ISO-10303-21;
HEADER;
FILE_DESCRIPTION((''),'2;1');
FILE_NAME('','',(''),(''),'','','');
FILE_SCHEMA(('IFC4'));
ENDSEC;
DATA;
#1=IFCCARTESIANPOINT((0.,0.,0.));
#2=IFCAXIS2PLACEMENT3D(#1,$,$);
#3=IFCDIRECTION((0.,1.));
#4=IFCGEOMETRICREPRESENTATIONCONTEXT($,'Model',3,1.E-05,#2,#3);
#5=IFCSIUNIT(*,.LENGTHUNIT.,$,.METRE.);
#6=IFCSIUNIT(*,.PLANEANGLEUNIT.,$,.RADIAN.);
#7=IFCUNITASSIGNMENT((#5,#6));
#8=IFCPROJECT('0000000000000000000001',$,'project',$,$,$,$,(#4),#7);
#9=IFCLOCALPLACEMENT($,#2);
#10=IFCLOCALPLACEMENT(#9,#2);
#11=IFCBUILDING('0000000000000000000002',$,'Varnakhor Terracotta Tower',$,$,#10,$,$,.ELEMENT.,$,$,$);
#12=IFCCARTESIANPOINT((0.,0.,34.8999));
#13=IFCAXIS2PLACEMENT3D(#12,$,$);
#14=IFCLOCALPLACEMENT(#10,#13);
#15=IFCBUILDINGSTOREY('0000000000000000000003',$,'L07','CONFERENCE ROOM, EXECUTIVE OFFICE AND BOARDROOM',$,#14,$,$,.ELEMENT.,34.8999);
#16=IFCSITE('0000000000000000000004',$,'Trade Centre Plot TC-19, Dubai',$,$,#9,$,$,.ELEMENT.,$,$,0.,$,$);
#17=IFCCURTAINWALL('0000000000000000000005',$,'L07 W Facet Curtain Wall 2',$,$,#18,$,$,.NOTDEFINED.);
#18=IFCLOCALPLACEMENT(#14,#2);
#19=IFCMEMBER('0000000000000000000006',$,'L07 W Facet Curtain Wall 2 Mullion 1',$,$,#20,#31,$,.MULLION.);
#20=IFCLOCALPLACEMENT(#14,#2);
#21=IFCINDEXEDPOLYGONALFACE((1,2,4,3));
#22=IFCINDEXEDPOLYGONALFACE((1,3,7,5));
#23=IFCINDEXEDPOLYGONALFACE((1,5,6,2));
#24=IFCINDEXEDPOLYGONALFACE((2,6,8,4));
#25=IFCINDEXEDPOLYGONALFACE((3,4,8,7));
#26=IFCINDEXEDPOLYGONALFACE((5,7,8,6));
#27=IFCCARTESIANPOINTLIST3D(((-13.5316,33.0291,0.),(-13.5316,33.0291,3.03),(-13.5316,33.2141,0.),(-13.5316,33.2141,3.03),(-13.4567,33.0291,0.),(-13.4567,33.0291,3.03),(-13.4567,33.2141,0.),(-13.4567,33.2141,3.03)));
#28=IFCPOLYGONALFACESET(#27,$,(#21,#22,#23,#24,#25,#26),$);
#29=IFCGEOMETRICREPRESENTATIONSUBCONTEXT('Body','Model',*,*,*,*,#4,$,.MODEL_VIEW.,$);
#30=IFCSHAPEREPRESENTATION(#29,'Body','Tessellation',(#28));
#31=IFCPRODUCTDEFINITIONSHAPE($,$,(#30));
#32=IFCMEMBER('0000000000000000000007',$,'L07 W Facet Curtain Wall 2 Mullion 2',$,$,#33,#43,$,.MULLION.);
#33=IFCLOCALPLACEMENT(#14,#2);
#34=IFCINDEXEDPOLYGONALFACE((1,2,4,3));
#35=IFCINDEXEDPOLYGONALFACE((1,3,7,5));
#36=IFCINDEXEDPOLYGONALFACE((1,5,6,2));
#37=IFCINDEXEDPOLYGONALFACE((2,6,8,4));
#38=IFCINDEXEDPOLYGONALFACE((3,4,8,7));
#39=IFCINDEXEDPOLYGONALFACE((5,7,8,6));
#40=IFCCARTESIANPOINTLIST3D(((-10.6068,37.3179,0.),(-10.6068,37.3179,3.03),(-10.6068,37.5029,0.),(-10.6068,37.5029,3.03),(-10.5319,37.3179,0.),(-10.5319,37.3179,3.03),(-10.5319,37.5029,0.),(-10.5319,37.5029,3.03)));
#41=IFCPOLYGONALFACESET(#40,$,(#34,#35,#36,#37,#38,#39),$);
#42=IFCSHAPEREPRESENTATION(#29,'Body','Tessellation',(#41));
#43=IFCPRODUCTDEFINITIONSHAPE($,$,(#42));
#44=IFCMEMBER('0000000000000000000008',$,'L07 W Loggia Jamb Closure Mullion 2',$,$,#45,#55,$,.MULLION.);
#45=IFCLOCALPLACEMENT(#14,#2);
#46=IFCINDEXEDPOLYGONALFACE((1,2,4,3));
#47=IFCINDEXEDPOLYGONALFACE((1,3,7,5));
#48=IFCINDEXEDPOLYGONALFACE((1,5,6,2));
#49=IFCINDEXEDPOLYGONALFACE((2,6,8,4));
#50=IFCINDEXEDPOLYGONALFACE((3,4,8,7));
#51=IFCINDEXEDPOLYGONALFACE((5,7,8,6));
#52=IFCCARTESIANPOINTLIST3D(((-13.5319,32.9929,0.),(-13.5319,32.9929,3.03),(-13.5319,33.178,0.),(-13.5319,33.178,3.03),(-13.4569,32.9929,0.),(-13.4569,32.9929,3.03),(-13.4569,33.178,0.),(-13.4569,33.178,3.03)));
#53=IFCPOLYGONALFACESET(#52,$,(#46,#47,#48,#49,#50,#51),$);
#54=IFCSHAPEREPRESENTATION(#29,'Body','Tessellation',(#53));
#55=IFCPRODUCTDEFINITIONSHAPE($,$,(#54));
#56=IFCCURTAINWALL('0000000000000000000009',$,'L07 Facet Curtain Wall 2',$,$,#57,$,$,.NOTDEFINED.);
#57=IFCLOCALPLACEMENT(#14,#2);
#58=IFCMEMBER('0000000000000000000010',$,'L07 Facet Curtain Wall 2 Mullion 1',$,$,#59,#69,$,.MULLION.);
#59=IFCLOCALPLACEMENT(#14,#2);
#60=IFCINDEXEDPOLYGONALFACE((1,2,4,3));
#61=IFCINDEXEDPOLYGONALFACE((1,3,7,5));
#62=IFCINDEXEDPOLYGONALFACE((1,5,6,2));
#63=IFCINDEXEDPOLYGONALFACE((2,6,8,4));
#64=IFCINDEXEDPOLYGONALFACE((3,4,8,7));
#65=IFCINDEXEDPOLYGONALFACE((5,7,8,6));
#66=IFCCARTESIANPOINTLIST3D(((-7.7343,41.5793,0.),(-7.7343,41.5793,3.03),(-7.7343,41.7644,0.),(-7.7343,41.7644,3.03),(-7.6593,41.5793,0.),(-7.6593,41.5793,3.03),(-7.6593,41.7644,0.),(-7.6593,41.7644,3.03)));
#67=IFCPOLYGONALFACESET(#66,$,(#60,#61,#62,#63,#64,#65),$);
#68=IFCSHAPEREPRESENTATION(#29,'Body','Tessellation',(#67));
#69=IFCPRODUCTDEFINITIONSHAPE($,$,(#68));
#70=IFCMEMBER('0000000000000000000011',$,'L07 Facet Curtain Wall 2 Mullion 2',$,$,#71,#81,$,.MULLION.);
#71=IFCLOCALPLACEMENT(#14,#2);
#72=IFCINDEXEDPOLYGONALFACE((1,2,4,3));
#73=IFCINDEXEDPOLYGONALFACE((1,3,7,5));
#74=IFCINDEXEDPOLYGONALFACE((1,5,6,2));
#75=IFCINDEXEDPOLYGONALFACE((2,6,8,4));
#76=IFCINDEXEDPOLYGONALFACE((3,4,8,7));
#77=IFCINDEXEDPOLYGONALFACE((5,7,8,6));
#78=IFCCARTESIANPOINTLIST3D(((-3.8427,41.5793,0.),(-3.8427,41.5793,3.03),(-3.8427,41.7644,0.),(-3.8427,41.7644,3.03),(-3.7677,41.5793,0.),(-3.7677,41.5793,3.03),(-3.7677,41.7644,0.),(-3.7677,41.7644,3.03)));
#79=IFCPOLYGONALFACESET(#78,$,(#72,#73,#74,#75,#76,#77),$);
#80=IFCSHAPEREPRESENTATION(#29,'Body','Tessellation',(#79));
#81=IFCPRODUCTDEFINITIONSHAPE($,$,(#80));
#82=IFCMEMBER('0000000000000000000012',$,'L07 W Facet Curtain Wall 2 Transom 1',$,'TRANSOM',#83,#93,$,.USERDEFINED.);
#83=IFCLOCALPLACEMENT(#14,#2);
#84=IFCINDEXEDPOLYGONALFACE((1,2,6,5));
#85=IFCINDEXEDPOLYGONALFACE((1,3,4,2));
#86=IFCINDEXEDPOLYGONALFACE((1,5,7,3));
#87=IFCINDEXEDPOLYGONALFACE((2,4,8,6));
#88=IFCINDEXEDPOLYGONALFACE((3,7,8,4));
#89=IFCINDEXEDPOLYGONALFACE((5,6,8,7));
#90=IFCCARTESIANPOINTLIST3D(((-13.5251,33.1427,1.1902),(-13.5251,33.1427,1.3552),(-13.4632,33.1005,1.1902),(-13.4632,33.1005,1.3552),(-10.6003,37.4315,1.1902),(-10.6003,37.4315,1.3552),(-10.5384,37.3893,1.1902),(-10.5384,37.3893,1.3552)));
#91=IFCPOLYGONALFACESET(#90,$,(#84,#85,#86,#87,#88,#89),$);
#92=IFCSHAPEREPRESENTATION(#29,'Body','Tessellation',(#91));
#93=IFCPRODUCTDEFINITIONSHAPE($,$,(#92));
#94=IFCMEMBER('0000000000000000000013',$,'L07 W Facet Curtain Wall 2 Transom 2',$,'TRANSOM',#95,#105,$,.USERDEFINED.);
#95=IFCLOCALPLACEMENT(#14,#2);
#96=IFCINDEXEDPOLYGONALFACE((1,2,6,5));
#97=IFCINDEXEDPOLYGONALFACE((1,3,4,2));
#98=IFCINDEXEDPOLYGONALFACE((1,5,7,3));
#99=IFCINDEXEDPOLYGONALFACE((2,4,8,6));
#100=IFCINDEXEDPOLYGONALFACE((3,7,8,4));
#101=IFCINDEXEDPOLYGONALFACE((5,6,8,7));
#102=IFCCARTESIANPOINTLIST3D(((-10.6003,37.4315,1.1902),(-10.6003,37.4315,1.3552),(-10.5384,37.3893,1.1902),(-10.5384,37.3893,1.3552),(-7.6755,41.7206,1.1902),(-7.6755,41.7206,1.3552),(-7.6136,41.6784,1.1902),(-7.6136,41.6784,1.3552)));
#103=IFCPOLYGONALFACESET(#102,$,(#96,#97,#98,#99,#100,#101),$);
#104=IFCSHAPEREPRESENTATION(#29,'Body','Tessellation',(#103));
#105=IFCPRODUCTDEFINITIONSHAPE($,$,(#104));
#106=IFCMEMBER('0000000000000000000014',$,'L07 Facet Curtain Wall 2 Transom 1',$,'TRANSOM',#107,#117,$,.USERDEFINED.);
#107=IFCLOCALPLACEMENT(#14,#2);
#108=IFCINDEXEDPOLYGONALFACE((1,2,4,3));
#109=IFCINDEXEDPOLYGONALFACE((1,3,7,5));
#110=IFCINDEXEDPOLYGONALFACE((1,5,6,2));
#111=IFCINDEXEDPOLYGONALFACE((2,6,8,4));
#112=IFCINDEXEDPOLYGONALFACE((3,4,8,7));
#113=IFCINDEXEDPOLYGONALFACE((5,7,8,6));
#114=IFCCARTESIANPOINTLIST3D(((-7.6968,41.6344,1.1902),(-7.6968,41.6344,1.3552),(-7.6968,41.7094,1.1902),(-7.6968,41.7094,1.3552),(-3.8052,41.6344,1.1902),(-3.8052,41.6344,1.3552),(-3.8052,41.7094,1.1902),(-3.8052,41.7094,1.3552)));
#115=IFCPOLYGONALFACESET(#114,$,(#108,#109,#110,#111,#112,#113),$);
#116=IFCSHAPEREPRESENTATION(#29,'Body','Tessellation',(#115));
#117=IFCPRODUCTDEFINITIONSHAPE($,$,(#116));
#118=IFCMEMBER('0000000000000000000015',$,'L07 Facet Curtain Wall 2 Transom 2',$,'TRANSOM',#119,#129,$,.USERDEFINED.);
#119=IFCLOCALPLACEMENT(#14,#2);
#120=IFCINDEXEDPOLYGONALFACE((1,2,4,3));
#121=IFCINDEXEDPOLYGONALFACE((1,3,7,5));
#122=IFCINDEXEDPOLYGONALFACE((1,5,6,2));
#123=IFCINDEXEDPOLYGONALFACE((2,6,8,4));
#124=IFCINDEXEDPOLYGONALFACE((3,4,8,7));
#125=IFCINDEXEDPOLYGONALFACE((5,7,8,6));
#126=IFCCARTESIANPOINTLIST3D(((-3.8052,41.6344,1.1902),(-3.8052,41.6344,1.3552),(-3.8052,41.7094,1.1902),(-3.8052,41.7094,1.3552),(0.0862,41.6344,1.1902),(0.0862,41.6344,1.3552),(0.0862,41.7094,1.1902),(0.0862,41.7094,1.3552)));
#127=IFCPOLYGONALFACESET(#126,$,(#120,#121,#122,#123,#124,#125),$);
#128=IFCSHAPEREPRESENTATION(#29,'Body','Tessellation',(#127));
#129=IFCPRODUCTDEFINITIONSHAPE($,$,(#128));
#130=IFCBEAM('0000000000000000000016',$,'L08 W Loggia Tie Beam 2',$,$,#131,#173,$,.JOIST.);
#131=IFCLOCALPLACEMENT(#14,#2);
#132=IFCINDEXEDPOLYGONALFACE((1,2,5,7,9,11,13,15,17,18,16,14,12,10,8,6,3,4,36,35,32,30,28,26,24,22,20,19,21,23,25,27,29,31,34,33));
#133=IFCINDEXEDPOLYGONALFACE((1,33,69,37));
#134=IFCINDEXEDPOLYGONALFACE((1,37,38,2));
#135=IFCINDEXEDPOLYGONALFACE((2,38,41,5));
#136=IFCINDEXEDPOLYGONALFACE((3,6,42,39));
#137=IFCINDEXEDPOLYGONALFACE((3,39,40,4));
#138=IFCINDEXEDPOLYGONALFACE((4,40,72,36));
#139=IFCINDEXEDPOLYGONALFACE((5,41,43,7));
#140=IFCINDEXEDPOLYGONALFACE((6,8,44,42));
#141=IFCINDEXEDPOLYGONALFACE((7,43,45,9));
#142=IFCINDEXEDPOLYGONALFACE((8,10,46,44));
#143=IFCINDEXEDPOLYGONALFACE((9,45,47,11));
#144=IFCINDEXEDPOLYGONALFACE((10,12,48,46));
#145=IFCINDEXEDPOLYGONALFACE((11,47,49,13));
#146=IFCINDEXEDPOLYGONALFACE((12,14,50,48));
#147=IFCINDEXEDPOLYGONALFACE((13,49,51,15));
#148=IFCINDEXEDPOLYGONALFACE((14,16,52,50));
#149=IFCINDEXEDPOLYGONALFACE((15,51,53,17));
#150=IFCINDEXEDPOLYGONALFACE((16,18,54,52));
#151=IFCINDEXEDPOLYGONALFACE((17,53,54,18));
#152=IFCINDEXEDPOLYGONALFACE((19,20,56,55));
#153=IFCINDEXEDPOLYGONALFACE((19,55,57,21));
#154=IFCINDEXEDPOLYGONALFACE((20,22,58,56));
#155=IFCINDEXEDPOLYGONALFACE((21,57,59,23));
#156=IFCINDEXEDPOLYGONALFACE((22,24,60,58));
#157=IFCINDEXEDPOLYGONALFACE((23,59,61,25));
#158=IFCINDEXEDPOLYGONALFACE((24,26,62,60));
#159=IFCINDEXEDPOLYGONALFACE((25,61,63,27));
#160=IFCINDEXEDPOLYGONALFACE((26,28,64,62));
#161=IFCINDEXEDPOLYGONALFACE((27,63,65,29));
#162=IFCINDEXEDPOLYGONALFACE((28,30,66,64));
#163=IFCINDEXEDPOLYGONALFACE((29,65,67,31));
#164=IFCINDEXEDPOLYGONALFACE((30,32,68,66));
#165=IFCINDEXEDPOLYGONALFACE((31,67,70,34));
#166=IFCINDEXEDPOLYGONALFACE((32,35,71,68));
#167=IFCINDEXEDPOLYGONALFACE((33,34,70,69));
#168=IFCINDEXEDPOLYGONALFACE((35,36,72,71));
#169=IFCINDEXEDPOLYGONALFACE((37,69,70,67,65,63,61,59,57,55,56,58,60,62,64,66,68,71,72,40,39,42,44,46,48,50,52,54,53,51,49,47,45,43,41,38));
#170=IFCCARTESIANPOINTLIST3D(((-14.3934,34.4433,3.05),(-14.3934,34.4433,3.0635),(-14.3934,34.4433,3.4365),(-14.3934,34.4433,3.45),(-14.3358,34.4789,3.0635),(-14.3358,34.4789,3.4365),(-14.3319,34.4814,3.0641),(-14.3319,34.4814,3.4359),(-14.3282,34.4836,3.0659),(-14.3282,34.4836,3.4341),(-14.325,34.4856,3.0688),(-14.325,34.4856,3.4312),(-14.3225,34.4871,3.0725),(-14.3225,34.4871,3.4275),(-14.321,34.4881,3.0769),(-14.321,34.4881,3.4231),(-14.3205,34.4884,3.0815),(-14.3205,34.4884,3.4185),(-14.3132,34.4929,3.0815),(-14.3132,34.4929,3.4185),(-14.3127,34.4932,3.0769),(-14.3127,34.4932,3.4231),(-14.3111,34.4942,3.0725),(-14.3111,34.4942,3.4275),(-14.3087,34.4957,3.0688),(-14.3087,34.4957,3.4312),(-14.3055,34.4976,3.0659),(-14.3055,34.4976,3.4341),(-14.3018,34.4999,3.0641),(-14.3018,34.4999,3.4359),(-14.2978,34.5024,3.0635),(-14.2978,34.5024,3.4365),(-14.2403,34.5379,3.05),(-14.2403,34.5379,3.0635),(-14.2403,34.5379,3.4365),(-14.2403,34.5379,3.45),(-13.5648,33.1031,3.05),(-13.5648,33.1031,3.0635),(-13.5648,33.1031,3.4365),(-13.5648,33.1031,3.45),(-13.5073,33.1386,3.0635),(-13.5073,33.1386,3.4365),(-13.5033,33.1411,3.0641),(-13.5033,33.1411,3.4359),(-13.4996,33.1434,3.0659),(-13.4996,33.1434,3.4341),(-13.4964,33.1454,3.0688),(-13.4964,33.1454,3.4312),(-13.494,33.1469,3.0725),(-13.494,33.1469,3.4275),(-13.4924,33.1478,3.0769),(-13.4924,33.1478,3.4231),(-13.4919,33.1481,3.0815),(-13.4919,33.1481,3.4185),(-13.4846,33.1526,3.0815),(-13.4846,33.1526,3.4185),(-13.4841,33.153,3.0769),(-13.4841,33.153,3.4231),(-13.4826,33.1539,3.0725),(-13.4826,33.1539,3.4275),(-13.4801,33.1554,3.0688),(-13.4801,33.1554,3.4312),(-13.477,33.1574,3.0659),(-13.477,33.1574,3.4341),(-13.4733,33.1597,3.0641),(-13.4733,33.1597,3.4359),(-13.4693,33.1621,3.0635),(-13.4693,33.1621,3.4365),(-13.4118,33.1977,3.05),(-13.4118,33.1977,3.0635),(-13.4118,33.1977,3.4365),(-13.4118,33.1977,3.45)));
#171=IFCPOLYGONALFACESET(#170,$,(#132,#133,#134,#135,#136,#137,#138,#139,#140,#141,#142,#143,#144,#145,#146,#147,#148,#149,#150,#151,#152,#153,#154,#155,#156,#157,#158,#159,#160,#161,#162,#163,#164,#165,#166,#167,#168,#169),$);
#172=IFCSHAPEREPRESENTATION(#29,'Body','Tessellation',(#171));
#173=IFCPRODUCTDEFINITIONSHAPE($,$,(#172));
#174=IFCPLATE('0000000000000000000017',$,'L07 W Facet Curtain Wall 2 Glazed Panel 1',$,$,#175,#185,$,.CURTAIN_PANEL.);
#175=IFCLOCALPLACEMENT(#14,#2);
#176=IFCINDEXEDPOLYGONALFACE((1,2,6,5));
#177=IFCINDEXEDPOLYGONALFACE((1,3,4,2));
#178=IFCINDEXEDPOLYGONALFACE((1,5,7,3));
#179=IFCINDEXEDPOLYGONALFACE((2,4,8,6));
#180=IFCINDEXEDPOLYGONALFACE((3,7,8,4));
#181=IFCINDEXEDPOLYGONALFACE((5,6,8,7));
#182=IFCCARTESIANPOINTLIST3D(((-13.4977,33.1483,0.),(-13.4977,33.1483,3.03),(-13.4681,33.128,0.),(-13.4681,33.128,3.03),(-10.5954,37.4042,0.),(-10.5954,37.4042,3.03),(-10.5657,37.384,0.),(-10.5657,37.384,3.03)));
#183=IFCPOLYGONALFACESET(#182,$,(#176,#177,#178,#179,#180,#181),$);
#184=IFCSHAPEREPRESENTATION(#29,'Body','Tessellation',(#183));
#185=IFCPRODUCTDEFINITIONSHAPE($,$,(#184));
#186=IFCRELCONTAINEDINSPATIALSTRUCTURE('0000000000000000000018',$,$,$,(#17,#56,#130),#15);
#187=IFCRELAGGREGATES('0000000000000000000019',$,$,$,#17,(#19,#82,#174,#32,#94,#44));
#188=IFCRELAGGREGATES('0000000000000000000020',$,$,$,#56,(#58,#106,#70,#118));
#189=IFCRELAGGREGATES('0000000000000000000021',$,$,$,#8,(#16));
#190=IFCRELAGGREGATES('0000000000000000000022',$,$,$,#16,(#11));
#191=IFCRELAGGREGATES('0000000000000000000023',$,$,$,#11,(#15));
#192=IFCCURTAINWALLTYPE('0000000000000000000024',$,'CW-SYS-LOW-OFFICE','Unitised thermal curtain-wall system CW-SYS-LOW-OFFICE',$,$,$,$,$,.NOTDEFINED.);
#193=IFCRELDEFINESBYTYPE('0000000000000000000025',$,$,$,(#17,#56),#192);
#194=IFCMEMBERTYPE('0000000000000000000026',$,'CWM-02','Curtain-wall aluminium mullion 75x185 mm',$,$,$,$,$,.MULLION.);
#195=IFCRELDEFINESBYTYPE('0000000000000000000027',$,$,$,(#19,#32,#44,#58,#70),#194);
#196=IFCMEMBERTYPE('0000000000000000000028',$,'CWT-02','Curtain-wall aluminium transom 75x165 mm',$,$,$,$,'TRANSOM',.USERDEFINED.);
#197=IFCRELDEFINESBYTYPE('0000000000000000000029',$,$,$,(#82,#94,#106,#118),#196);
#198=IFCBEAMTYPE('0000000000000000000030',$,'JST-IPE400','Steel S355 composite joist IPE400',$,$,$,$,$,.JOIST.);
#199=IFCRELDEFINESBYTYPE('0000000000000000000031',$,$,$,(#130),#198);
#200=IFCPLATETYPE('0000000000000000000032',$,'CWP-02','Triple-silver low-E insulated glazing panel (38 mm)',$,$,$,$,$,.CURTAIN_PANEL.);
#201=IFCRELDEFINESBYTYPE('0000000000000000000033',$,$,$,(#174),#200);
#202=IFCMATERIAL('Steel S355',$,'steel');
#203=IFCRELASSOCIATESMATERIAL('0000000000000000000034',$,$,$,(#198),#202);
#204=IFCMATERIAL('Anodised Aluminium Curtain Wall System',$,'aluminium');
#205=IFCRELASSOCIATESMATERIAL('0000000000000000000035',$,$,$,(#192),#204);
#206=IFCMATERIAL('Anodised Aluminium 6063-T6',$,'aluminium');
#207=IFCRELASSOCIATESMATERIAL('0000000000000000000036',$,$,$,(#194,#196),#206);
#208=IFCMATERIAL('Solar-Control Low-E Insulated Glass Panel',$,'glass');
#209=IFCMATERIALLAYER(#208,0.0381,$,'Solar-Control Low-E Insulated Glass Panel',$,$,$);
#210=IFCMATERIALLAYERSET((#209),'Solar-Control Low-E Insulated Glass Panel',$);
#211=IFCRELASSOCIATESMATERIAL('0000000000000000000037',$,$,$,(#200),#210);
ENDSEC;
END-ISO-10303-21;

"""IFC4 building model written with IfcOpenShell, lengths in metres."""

from ifc_helpers import new_model, si_unit, direction, frame, origin, origin_2d, place, context, subcontext, project, spatial, rectangle, i_section, extrude, source, transform, mapped, material, layer, layer_set, material_profile, profile_set, type_object, type_shapes, element, aggregate, save


model = new_model("IFC4")

# Units and contexts
model_context = context("Model", 3, precision=1e-05, world=origin(), true_north=direction((0.0, 1.0)))
body_context = subcontext(model_context, "Body", "Model", "MODEL_VIEW")
ifc_project = project(units=[si_unit("LENGTHUNIT", "METRE"), si_unit("PLANEANGLEUNIT", "RADIAN")], contexts=[model_context])

# Site, building, storey
site_placement = place(None, origin())
site = spatial("IfcSite", under=ifc_project, at=site_placement, Name="Trade Centre Plot TC-19, Dubai", CompositionType="ELEMENT", RefElevation=0.0)
building_placement = place(site_placement, origin())
building = spatial("IfcBuilding", under=site, at=building_placement, Name="Varnakhor Terracotta Tower", CompositionType="ELEMENT")
storey_placement = place(building_placement, frame((0.0, 0.0, 34.8999)))
storey = spatial("IfcBuildingStorey", under=building, at=storey_placement, Name="L07", Description="CONFERENCE ROOM, EXECUTIVE OFFICE AND BOARDROOM", CompositionType="ELEMENT", Elevation=34.8999)

# Shared definitions
ifc_material_1 = material(Name="Steel S355", Category="steel")
ifc_material_profile_1 = material_profile(ifc_material_1, i_section(OverallWidth=0.1799, OverallDepth=0.3999, WebThickness=0.0085, FlangeThickness=0.0134, FilletRadius=0.0181, at=origin_2d()), Name="IPE400")
ifc_profile_set_1 = profile_set([ifc_material_profile_1], Name="Steel S355")
beam_type_1 = type_object("IfcBeamType", Name="JST-IPE400", Description="Steel S355 composite joist IPE400", PredefinedType="JOIST", material=ifc_profile_set_1)

# Curtain walls, members
ifc_material_2 = material(Name="Anodised Aluminium Curtain Wall System", Category="aluminium")
curtain_wall_type = type_object("IfcCurtainWallType", Name="CW-SYS-LOW-OFFICE", Description="Unitised thermal curtain-wall system CW-SYS-LOW-OFFICE", PredefinedType="NOTDEFINED", material=ifc_material_2)
curtain_wall_1_placement = place(storey_placement, origin())
curtain_wall_1 = element("IfcCurtainWall", 1, at=curtain_wall_1_placement, inside=storey, type_object=curtain_wall_type, Name="L07 W Facet Curtain Wall 2", PredefinedType="NOTDEFINED")
ifc_material_3 = material(Name="Anodised Aluminium 6063-T6", Category="aluminium")
ifc_material_profile_2 = material_profile(ifc_material_3, rectangle(XDim=0.075, YDim=0.1851, at=origin_2d()), Name="ALU MULLION 75x185")
ifc_profile_set_2 = profile_set([ifc_material_profile_2], Name="Anodised Aluminium 6063-T6")
member_type_1 = type_object("IfcMemberType", Name="CWM-02", Description="Curtain-wall aluminium mullion 75x185 mm", PredefinedType="MULLION", material=ifc_profile_set_2)
shared_shape_1 = source(origin(), body_context, "Body", "SweptSolid", [
    extrude(rectangle(XDim=0.075, YDim=0.1851, at=origin_2d()), origin(), (0.0, 0.0, 1.0), 3.03),
])
type_shapes(member_type_1, [shared_shape_1])
member_1_placement = place(storey_placement, frame((-13.4941, 33.1216, 0.0), z_axis=(0.0, 0.0, 1.0), x_axis=(1.0, 0.0, 0.0)))
member_1 = element("IfcMember", 2, at=member_1_placement, type_object=member_type_1, Name="L07 W Facet Curtain Wall 2 Mullion 1", PredefinedType="MULLION", context=body_context, shape_type="MappedRepresentation", body=[
    mapped(shared_shape_1, transform((0.0, 0.0, 0.0), scale=1.0)),
])
member_2_placement = place(storey_placement, frame((-10.5693, 37.4104, 0.0), z_axis=(0.0, 0.0, 1.0), x_axis=(1.0, 0.0, 0.0)))
member_2 = element("IfcMember", 3, at=member_2_placement, type_object=member_type_1, Name="L07 W Facet Curtain Wall 2 Mullion 2", PredefinedType="MULLION", context=body_context, shape_type="MappedRepresentation", body=[
    mapped(shared_shape_1, transform((0.0, 0.0, 0.0), scale=1.0)),
])
member_3_placement = place(storey_placement, frame((-13.4944, 33.0854, 0.0), z_axis=(0.0, 0.0, 1.0), x_axis=(1.0, 0.0, 0.0)))
member_3 = element("IfcMember", 4, at=member_3_placement, type_object=member_type_1, Name="L07 W Loggia Jamb Closure Mullion 2", PredefinedType="MULLION", context=body_context, shape_type="MappedRepresentation", body=[
    mapped(shared_shape_1, transform((0.0, 0.0, 0.0), scale=1.0)),
])
curtain_wall_2_placement = place(storey_placement, origin())
curtain_wall_2 = element("IfcCurtainWall", 5, at=curtain_wall_2_placement, inside=storey, type_object=curtain_wall_type, Name="L07 Facet Curtain Wall 2", PredefinedType="NOTDEFINED")
member_4_placement = place(storey_placement, frame((-7.6968, 41.6719, 0.0), z_axis=(0.0, 0.0, 1.0), x_axis=(1.0, 0.0, 0.0)))
member_4 = element("IfcMember", 6, at=member_4_placement, type_object=member_type_1, Name="L07 Facet Curtain Wall 2 Mullion 1", PredefinedType="MULLION", context=body_context, shape_type="MappedRepresentation", body=[
    mapped(shared_shape_1, transform((0.0, 0.0, 0.0), scale=1.0)),
])
member_5_placement = place(storey_placement, frame((-3.8052, 41.6719, 0.0), z_axis=(0.0, 0.0, 1.0), x_axis=(1.0, 0.0, 0.0)))
member_5 = element("IfcMember", 7, at=member_5_placement, type_object=member_type_1, Name="L07 Facet Curtain Wall 2 Mullion 2", PredefinedType="MULLION", context=body_context, shape_type="MappedRepresentation", body=[
    mapped(shared_shape_1, transform((0.0, 0.0, 0.0), scale=1.0)),
])

# Members
ifc_material_profile_3 = material_profile(ifc_material_3, rectangle(XDim=0.075, YDim=0.165, at=origin_2d()), Name="ALU TRANSOM 75x165")
ifc_profile_set_3 = profile_set([ifc_material_profile_3], Name="Anodised Aluminium 6063-T6")
member_type_2 = type_object("IfcMemberType", Name="CWT-02", Description="Curtain-wall aluminium transom 75x165 mm", ElementType="TRANSOM", PredefinedType="USERDEFINED", material=ifc_profile_set_3)
shared_shape_2 = source(origin(), body_context, "Body", "SweptSolid", [
    extrude(rectangle(XDim=0.075, YDim=0.165, at=origin_2d()), origin(), (0.0, 0.0, 1.0), 5.1912),
])
member_6_placement = place(storey_placement, frame((-13.4941, 33.1216, 1.2727), z_axis=(0.563417, 0.826173, 0.0), x_axis=(-0.826173, 0.563417, 0.0)))
member_6 = element("IfcMember", 8, at=member_6_placement, type_object=member_type_2, Name="L07 W Facet Curtain Wall 2 Transom 1", ObjectType="TRANSOM", PredefinedType="USERDEFINED", context=body_context, shape_type="MappedRepresentation", body=[
    mapped(shared_shape_2, transform((0.0, 0.0, 0.0), scale=1.0)),
])
shared_shape_3 = source(origin(), body_context, "Body", "SweptSolid", [
    extrude(rectangle(XDim=0.075, YDim=0.165, at=origin_2d()), origin(), (0.0, 0.0, 1.0), 5.1914),
])
member_7_placement = place(storey_placement, frame((-10.5693, 37.4104, 1.2727), z_axis=(0.563395, 0.826188, 0.0), x_axis=(-0.826188, 0.563395, 0.0)))
member_7 = element("IfcMember", 9, at=member_7_placement, type_object=member_type_2, Name="L07 W Facet Curtain Wall 2 Transom 2", ObjectType="TRANSOM", PredefinedType="USERDEFINED", context=body_context, shape_type="MappedRepresentation", body=[
    mapped(shared_shape_3, transform((0.0, 0.0, 0.0), scale=1.0)),
])
shared_shape_4 = source(origin(), body_context, "Body", "SweptSolid", [
    extrude(rectangle(XDim=0.075, YDim=0.165, at=origin_2d()), origin(), (0.0, 0.0, 1.0), 3.8916),
])
member_8_placement = place(storey_placement, frame((-7.6968, 41.6719, 1.2727), z_axis=(1.0, 0.0, 0.0), x_axis=(0.0, 1.0, 0.0)))
member_8 = element("IfcMember", 10, at=member_8_placement, type_object=member_type_2, Name="L07 Facet Curtain Wall 2 Transom 1", ObjectType="TRANSOM", PredefinedType="USERDEFINED", context=body_context, shape_type="MappedRepresentation", body=[
    mapped(shared_shape_4, transform((0.0, 0.0, 0.0), scale=1.0)),
])
shared_shape_5 = source(origin(), body_context, "Body", "SweptSolid", [
    extrude(rectangle(XDim=0.075, YDim=0.165, at=origin_2d()), origin(), (0.0, 0.0, 1.0), 3.8914),
])
member_9_placement = place(storey_placement, frame((-3.8052, 41.6719, 1.2727), z_axis=(1.0, 0.0, 0.0), x_axis=(0.0, 1.0, 0.0)))
member_9 = element("IfcMember", 11, at=member_9_placement, type_object=member_type_2, Name="L07 Facet Curtain Wall 2 Transom 2", ObjectType="TRANSOM", PredefinedType="USERDEFINED", context=body_context, shape_type="MappedRepresentation", body=[
    mapped(shared_shape_5, transform((0.0, 0.0, 0.0), scale=1.0)),
])

# Beam
shared_shape_6 = source(origin(), body_context, "Body", "SweptSolid", [
    extrude(i_section(OverallWidth=0.1799, OverallDepth=0.3999, WebThickness=0.0085, FlangeThickness=0.0134, FilletRadius=0.0181, at=origin_2d()), origin(), (0.0, 0.0, 1.0), 1.5757),
])
beam_1_placement = place(storey_placement, frame((-13.4883, 33.1504, 3.25), z_axis=(-0.525842, 0.850582, 0.0), x_axis=(-0.850582, -0.525842, 0.0)))
element("IfcBeam", 12, at=beam_1_placement, inside=storey, type_object=beam_type_1, Name="L08 W Loggia Tie Beam 2", PredefinedType="JOIST", context=body_context, shape_type="MappedRepresentation", body=[
    mapped(shared_shape_6, transform((0.0, 0.0, 0.0), scale=1.0)),
])

# Plate
ifc_material_4 = material(Name="Solar-Control Low-E Insulated Glass Panel", Category="glass")
ifc_layer_1 = layer(ifc_material_4, 0.0381, Name="Solar-Control Low-E Insulated Glass Panel")
ifc_layer_set_1 = layer_set([ifc_layer_1], Name="Solar-Control Low-E Insulated Glass Panel")
plate_type = type_object("IfcPlateType", Name="CWP-02", Description="Triple-silver low-E insulated glazing panel (38 mm)", PredefinedType="CURTAIN_PANEL", material=ifc_layer_set_1)
shared_shape_7 = source(origin(), body_context, "Body", "SweptSolid", [
    extrude(rectangle(XDim=5.1514, YDim=0.0359, at=origin_2d()), origin(), (0.0, 0.0, 1.0), 3.03),
])
plate_1_placement = place(storey_placement, frame((-12.0317, 35.2661, 0.0), z_axis=(0.0, 0.0, 1.0), x_axis=(0.563411, 0.826177, 0.0)))
plate_1 = element("IfcPlate", 13, at=plate_1_placement, type_object=plate_type, Name="L07 W Facet Curtain Wall 2 Glazed Panel 1", PredefinedType="CURTAIN_PANEL", context=body_context, shape_type="MappedRepresentation", body=[
    mapped(shared_shape_7, transform((0.0, 0.0, 0.0), scale=1.0)),
])
aggregate(curtain_wall_1, [member_1, member_6, plate_1, member_2, member_7, member_3])
aggregate(curtain_wall_2, [member_4, member_8, member_5, member_9])

save(model, "model.ifc")
